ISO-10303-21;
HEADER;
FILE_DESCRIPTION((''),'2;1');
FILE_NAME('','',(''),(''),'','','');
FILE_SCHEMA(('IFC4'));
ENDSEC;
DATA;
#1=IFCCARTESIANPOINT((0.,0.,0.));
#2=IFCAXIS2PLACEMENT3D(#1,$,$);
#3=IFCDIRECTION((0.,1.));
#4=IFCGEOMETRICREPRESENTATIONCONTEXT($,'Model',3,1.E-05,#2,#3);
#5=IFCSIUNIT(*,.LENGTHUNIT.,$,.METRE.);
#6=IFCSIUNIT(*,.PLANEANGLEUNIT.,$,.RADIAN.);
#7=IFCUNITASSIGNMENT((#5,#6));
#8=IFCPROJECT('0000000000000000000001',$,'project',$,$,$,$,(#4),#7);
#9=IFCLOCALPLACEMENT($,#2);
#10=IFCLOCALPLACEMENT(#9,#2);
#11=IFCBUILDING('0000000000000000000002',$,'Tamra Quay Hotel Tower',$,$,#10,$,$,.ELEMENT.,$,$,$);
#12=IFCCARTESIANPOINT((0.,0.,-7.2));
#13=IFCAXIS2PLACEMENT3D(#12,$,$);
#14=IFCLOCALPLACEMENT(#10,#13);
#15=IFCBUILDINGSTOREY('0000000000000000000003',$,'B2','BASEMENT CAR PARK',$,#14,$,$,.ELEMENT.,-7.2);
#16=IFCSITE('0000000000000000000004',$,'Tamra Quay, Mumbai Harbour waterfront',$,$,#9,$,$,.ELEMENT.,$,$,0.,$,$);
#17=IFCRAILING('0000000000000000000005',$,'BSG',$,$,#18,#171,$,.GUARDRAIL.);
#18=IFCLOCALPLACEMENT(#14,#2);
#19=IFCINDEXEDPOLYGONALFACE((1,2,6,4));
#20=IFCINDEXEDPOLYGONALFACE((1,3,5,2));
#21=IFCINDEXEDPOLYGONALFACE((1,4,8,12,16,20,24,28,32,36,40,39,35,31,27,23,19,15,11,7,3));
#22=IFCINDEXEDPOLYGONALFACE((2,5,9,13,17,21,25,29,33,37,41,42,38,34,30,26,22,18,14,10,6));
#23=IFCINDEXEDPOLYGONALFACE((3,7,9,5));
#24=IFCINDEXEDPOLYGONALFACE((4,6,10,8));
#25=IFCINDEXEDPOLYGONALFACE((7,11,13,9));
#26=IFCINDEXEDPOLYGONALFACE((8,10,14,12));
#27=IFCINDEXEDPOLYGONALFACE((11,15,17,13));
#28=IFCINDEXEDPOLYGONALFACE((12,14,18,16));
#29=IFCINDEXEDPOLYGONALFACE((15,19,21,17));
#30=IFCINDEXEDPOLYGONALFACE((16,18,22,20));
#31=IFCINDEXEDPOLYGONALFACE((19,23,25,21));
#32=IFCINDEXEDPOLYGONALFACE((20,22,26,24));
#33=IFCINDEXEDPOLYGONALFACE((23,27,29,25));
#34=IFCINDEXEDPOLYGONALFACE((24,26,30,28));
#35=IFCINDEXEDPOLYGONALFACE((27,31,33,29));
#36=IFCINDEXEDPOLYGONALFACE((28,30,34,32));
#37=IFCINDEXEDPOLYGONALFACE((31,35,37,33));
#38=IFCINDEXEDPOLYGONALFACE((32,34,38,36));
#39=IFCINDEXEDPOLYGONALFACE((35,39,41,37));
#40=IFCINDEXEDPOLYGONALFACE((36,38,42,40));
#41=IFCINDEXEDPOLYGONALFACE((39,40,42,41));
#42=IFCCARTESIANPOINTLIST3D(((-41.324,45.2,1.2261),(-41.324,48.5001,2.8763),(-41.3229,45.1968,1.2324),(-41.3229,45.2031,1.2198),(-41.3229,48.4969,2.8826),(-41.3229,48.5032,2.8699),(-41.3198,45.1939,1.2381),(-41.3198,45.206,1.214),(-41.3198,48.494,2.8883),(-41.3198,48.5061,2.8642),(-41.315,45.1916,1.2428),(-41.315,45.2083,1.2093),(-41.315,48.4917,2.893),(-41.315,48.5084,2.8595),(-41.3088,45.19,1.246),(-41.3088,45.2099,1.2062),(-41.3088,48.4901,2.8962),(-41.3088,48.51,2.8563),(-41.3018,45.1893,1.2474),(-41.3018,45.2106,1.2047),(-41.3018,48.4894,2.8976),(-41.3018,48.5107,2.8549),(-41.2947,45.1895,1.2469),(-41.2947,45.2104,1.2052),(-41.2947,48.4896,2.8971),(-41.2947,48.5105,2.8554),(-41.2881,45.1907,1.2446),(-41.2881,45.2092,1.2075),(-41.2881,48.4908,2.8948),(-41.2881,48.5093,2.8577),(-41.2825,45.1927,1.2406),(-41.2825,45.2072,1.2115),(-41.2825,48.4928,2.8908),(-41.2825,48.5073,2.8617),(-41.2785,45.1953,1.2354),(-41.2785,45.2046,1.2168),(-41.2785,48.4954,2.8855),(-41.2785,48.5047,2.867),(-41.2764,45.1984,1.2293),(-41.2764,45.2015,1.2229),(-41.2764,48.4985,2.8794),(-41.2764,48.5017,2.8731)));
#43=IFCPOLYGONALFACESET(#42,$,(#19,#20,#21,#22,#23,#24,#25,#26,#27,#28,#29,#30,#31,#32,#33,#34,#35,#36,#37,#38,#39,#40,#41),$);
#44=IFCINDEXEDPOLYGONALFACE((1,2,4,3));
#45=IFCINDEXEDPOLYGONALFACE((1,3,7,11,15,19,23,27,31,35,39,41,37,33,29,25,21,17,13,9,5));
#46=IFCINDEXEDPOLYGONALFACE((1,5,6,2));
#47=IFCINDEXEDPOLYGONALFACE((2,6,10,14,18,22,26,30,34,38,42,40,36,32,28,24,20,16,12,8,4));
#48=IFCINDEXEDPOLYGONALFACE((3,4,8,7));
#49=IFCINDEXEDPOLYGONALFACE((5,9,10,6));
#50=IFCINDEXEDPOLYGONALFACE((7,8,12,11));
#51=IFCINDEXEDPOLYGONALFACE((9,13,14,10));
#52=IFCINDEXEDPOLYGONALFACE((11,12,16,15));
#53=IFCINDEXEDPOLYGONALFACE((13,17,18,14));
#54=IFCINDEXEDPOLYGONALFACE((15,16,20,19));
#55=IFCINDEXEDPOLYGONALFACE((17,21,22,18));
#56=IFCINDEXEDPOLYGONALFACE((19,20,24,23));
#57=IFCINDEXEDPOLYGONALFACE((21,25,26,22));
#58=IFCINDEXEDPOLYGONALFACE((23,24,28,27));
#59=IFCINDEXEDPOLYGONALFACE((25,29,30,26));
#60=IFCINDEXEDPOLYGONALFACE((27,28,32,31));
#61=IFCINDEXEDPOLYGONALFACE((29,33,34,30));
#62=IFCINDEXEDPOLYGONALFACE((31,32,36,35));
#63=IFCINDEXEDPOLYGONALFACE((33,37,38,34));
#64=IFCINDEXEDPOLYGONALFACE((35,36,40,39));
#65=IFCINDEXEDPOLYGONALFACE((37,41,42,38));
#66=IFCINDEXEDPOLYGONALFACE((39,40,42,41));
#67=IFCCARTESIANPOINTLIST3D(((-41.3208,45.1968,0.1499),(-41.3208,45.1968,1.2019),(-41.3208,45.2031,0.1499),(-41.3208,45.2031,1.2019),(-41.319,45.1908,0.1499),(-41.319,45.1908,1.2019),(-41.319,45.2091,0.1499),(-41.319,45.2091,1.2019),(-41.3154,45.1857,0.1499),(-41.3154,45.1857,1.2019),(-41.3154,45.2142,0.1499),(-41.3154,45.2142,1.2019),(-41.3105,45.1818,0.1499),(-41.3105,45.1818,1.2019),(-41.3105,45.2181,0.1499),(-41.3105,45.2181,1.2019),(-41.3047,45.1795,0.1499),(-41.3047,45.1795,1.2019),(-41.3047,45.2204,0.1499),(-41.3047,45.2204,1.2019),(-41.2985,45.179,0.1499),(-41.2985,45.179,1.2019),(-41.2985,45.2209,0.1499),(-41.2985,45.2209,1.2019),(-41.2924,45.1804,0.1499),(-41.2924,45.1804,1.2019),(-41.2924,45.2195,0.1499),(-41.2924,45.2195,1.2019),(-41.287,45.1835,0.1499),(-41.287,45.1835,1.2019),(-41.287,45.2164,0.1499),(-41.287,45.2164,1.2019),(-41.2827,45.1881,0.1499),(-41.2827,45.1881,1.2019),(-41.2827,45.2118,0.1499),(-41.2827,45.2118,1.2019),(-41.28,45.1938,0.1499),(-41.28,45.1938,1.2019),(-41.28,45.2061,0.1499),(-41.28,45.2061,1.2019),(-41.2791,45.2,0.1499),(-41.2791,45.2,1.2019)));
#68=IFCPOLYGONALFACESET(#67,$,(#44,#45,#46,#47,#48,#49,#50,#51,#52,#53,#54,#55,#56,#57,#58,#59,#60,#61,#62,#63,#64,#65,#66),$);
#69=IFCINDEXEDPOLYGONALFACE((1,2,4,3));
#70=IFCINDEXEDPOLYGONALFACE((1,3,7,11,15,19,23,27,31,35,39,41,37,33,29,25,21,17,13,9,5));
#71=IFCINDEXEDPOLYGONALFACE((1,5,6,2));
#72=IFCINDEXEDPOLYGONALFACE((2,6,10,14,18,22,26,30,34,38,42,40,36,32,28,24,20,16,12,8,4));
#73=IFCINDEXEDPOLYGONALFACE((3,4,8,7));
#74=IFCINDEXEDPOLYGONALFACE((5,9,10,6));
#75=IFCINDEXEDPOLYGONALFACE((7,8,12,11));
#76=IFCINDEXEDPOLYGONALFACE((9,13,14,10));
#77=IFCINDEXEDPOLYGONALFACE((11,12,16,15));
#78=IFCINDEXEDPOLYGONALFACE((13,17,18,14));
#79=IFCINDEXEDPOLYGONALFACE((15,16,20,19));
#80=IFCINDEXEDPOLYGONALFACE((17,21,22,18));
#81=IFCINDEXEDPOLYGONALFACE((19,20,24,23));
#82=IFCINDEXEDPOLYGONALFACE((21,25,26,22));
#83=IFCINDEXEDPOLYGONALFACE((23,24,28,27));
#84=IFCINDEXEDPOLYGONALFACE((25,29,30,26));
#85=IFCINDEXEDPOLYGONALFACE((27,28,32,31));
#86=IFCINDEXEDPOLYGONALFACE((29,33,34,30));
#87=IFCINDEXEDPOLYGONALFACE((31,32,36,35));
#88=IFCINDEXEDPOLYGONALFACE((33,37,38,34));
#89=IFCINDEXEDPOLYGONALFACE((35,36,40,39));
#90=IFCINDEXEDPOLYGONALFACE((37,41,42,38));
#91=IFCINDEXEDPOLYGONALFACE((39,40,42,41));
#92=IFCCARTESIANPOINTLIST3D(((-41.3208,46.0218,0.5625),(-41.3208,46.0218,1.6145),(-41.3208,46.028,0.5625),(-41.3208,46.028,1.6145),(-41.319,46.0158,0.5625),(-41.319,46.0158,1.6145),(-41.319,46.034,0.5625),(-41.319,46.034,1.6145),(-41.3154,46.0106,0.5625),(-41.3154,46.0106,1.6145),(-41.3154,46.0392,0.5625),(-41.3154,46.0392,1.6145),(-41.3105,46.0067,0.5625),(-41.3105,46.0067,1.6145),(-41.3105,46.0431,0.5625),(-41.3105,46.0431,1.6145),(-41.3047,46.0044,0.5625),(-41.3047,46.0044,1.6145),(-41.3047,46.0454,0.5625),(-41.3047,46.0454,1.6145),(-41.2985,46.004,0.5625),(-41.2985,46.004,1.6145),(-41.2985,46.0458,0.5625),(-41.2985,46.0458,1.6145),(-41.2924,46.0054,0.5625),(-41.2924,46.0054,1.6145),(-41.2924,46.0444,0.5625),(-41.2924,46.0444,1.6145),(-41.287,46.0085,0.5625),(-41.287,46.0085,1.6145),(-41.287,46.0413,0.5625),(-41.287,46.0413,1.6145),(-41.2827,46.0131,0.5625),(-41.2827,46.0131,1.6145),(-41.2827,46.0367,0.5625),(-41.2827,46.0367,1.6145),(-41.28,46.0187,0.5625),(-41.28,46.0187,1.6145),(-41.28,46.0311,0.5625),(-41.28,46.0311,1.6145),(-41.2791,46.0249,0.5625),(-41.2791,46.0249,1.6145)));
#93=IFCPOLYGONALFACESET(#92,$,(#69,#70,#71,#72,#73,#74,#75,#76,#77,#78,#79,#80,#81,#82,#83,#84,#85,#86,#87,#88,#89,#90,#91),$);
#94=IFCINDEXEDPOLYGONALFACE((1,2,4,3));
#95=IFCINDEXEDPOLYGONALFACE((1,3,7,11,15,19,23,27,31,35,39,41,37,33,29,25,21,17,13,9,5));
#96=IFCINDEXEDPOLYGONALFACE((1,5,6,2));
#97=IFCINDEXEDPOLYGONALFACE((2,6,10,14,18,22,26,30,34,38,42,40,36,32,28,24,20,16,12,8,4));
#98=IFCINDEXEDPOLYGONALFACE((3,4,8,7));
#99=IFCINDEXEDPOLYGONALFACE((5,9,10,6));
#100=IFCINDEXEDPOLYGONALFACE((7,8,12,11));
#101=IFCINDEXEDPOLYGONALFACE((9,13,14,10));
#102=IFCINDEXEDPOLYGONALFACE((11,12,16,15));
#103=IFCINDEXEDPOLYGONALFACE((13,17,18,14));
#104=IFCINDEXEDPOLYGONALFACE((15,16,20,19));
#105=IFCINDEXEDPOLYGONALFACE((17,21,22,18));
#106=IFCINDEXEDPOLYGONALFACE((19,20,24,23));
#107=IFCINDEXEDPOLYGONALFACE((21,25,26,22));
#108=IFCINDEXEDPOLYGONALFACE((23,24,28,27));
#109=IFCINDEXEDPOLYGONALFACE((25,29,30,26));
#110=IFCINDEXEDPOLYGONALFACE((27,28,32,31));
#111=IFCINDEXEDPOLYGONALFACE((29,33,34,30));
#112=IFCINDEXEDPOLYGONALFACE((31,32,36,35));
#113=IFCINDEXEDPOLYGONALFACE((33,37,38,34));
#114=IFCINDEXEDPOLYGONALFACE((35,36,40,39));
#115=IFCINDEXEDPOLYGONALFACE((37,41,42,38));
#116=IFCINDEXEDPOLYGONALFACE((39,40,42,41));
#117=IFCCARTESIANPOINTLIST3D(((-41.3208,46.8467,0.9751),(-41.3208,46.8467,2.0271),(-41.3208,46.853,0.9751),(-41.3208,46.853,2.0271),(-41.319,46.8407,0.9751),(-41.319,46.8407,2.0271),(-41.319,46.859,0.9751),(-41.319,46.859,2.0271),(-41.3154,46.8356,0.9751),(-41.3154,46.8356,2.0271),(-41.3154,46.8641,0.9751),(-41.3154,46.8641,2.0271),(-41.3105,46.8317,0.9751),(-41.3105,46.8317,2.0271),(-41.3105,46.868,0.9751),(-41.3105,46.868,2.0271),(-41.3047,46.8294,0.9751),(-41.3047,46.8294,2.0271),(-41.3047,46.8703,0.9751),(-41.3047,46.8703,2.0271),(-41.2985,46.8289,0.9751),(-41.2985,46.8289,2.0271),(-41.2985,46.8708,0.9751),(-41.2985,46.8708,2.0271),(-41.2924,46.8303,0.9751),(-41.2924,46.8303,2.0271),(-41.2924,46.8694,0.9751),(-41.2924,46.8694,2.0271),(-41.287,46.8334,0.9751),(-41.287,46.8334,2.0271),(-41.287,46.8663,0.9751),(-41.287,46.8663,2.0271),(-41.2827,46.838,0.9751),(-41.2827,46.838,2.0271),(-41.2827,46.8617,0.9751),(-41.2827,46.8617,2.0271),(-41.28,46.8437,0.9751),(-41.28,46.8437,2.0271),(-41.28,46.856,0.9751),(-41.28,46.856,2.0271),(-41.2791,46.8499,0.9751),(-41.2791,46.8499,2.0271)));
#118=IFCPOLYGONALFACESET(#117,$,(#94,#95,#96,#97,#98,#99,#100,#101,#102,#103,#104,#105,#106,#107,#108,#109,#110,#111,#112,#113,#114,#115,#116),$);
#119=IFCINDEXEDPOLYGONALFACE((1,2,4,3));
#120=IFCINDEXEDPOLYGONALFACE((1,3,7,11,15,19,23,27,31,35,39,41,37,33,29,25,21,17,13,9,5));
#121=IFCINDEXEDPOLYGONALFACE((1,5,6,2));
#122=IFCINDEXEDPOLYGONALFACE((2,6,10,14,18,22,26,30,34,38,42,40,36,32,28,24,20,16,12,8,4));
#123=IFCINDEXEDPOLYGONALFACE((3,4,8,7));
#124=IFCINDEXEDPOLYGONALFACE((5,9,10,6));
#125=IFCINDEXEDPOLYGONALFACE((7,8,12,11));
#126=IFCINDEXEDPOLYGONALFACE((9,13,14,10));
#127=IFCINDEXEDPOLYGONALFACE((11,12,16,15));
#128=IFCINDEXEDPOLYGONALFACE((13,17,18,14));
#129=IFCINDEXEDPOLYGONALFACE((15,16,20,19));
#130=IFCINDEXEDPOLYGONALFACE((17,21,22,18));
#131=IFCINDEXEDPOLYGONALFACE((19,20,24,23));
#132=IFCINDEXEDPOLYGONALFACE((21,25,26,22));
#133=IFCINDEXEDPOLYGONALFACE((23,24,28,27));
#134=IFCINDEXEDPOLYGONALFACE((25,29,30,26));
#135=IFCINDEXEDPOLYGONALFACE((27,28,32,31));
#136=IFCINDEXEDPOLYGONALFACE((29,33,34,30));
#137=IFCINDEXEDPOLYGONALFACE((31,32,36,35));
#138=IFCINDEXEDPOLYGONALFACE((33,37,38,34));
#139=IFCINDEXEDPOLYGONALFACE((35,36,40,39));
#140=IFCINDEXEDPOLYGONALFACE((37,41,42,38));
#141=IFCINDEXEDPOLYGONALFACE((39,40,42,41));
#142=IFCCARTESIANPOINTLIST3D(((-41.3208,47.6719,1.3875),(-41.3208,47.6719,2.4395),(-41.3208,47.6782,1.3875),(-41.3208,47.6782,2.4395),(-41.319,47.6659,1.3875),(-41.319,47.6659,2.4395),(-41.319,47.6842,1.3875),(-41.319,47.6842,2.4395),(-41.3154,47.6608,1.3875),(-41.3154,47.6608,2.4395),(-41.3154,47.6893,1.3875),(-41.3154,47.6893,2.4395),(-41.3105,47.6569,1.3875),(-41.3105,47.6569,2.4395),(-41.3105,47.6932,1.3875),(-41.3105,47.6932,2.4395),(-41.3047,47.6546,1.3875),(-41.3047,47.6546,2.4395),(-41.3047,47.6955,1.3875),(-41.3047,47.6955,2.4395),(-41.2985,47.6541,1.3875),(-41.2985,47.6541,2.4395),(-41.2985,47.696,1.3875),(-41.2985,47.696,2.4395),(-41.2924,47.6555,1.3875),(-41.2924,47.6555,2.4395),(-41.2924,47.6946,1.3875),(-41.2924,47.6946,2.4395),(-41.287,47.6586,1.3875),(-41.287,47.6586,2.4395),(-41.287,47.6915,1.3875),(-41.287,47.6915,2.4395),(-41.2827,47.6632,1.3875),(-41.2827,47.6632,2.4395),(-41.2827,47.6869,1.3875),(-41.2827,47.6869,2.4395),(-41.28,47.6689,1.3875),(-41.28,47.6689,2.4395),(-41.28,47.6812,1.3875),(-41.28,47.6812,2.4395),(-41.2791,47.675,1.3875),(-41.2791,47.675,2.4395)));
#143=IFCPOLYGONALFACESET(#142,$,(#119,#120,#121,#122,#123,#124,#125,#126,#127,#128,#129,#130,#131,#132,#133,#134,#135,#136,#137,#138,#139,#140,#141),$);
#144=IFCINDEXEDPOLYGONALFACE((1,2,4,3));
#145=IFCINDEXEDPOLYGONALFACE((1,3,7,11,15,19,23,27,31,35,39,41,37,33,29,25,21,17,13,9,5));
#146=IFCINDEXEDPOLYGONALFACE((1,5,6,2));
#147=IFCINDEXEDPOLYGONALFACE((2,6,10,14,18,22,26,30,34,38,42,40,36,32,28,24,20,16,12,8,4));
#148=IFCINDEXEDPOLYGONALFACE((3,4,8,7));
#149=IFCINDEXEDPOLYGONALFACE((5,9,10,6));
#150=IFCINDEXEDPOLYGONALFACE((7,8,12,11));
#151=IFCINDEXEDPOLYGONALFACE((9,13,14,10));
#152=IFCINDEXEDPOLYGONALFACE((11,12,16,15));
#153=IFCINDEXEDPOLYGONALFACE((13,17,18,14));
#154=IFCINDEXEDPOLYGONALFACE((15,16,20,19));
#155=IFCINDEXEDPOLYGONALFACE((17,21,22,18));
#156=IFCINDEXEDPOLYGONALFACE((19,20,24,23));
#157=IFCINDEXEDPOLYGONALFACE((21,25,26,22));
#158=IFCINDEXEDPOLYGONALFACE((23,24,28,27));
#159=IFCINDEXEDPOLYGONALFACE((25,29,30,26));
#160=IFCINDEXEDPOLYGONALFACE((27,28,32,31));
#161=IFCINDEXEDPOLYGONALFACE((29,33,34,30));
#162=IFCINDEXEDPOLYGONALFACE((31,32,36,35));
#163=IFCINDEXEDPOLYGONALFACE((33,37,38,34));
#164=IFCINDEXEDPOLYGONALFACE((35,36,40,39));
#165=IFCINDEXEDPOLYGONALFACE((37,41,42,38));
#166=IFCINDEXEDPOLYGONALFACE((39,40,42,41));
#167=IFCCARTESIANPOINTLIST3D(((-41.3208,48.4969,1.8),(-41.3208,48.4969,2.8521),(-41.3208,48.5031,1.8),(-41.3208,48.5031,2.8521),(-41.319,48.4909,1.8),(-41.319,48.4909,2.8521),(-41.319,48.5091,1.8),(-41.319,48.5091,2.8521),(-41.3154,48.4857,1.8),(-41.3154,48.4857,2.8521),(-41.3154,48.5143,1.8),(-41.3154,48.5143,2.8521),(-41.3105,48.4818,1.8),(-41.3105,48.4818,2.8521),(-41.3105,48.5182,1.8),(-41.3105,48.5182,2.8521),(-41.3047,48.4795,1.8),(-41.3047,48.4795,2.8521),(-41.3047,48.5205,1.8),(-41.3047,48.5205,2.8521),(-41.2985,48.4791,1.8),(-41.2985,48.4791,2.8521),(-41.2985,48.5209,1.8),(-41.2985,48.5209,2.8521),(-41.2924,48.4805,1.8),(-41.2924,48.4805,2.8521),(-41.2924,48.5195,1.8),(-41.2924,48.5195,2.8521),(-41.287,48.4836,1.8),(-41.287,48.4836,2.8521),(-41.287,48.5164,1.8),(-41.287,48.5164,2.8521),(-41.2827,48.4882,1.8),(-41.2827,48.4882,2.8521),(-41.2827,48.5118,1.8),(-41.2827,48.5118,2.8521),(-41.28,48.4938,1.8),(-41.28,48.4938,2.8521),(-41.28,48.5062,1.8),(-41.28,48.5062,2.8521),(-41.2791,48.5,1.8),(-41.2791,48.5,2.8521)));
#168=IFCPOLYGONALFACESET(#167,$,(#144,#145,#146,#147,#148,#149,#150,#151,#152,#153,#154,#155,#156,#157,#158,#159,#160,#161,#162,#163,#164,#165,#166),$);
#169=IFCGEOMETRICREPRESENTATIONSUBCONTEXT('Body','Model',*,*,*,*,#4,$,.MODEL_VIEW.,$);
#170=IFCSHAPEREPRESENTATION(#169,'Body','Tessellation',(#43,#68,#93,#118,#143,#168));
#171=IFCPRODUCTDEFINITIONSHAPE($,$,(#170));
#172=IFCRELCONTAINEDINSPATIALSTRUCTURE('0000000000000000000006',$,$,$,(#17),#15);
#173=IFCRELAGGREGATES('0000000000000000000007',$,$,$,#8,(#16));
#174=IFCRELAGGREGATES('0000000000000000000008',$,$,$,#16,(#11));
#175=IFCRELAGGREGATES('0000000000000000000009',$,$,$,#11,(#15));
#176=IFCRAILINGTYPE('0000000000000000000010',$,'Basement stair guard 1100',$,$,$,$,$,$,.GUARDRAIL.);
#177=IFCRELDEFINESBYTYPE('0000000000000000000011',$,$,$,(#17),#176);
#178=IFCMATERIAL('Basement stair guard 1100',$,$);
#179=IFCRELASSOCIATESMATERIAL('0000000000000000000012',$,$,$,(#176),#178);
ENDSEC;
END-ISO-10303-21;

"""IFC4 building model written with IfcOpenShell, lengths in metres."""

from ifc_helpers import new_model, si_unit, direction, frame, origin, origin_2d, place, context, subcontext, project, spatial, circle, extrude, material, type_object, element, save


model = new_model("IFC4")

# Units and contexts
model_context = context("Model", 3, precision=1e-05, world=origin(), true_north=direction((0.0, 1.0)))
body_context = subcontext(model_context, "Body", "Model", "MODEL_VIEW")
ifc_project = project(units=[si_unit("LENGTHUNIT", "METRE"), si_unit("PLANEANGLEUNIT", "RADIAN")], contexts=[model_context])

# Site, building, storey
site_placement = place(None, origin())
site = spatial("IfcSite", under=ifc_project, at=site_placement, Name="Tamra Quay, Mumbai Harbour waterfront", CompositionType="ELEMENT", RefElevation=0.0)
building_placement = place(site_placement, origin())
building = spatial("IfcBuilding", under=site, at=building_placement, Name="Tamra Quay Hotel Tower", CompositionType="ELEMENT")
storey_placement = place(building_placement, frame((0.0, 0.0, -7.2)))
storey = spatial("IfcBuildingStorey", under=building, at=storey_placement, Name="B2", Description="BASEMENT CAR PARK", CompositionType="ELEMENT", Elevation=-7.2)

# Railing
ifc_material_1 = material(Name="Basement stair guard 1100")
railing_type_1 = type_object("IfcRailingType", Name="Basement stair guard 1100", PredefinedType="GUARDRAIL", material=ifc_material_1)
railing_1_placement = place(storey_placement, frame((-41.3, 45.2, 0.1499)))
element("IfcRailing", 1, at=railing_1_placement, inside=storey, type_object=railing_type_1, Name="BSG", PredefinedType="GUARDRAIL", context=body_context, shape_type="SweptSolid", body=[
    extrude(circle(Radius=0.0239, at=origin_2d()), frame((0.0, 0.0, 1.0762), z_axis=(0.0, 0.894414, 0.44724), x_axis=(-1.0, 0.0, 0.0)), (0.0, 0.0, 1.0), 3.6897),
    extrude(circle(Radius=0.021, at=origin_2d()), origin(), (0.0, 0.0, 1.0), 1.052),
    extrude(circle(Radius=0.021, at=origin_2d()), frame((0.0, 0.825, 0.4126)), (0.0, 0.0, 1.0), 1.052),
    extrude(circle(Radius=0.021, at=origin_2d()), frame((0.0, 1.6499, 0.8252)), (0.0, 0.0, 1.0), 1.052),
    extrude(circle(Radius=0.021, at=origin_2d()), frame((0.0, 2.4751, 1.2375)), (0.0, 0.0, 1.0), 1.052),
    extrude(circle(Radius=0.021, at=origin_2d()), frame((0.0, 3.3, 1.6501)), (0.0, 0.0, 1.0), 1.052),
])

save(model, "model.ifc")
